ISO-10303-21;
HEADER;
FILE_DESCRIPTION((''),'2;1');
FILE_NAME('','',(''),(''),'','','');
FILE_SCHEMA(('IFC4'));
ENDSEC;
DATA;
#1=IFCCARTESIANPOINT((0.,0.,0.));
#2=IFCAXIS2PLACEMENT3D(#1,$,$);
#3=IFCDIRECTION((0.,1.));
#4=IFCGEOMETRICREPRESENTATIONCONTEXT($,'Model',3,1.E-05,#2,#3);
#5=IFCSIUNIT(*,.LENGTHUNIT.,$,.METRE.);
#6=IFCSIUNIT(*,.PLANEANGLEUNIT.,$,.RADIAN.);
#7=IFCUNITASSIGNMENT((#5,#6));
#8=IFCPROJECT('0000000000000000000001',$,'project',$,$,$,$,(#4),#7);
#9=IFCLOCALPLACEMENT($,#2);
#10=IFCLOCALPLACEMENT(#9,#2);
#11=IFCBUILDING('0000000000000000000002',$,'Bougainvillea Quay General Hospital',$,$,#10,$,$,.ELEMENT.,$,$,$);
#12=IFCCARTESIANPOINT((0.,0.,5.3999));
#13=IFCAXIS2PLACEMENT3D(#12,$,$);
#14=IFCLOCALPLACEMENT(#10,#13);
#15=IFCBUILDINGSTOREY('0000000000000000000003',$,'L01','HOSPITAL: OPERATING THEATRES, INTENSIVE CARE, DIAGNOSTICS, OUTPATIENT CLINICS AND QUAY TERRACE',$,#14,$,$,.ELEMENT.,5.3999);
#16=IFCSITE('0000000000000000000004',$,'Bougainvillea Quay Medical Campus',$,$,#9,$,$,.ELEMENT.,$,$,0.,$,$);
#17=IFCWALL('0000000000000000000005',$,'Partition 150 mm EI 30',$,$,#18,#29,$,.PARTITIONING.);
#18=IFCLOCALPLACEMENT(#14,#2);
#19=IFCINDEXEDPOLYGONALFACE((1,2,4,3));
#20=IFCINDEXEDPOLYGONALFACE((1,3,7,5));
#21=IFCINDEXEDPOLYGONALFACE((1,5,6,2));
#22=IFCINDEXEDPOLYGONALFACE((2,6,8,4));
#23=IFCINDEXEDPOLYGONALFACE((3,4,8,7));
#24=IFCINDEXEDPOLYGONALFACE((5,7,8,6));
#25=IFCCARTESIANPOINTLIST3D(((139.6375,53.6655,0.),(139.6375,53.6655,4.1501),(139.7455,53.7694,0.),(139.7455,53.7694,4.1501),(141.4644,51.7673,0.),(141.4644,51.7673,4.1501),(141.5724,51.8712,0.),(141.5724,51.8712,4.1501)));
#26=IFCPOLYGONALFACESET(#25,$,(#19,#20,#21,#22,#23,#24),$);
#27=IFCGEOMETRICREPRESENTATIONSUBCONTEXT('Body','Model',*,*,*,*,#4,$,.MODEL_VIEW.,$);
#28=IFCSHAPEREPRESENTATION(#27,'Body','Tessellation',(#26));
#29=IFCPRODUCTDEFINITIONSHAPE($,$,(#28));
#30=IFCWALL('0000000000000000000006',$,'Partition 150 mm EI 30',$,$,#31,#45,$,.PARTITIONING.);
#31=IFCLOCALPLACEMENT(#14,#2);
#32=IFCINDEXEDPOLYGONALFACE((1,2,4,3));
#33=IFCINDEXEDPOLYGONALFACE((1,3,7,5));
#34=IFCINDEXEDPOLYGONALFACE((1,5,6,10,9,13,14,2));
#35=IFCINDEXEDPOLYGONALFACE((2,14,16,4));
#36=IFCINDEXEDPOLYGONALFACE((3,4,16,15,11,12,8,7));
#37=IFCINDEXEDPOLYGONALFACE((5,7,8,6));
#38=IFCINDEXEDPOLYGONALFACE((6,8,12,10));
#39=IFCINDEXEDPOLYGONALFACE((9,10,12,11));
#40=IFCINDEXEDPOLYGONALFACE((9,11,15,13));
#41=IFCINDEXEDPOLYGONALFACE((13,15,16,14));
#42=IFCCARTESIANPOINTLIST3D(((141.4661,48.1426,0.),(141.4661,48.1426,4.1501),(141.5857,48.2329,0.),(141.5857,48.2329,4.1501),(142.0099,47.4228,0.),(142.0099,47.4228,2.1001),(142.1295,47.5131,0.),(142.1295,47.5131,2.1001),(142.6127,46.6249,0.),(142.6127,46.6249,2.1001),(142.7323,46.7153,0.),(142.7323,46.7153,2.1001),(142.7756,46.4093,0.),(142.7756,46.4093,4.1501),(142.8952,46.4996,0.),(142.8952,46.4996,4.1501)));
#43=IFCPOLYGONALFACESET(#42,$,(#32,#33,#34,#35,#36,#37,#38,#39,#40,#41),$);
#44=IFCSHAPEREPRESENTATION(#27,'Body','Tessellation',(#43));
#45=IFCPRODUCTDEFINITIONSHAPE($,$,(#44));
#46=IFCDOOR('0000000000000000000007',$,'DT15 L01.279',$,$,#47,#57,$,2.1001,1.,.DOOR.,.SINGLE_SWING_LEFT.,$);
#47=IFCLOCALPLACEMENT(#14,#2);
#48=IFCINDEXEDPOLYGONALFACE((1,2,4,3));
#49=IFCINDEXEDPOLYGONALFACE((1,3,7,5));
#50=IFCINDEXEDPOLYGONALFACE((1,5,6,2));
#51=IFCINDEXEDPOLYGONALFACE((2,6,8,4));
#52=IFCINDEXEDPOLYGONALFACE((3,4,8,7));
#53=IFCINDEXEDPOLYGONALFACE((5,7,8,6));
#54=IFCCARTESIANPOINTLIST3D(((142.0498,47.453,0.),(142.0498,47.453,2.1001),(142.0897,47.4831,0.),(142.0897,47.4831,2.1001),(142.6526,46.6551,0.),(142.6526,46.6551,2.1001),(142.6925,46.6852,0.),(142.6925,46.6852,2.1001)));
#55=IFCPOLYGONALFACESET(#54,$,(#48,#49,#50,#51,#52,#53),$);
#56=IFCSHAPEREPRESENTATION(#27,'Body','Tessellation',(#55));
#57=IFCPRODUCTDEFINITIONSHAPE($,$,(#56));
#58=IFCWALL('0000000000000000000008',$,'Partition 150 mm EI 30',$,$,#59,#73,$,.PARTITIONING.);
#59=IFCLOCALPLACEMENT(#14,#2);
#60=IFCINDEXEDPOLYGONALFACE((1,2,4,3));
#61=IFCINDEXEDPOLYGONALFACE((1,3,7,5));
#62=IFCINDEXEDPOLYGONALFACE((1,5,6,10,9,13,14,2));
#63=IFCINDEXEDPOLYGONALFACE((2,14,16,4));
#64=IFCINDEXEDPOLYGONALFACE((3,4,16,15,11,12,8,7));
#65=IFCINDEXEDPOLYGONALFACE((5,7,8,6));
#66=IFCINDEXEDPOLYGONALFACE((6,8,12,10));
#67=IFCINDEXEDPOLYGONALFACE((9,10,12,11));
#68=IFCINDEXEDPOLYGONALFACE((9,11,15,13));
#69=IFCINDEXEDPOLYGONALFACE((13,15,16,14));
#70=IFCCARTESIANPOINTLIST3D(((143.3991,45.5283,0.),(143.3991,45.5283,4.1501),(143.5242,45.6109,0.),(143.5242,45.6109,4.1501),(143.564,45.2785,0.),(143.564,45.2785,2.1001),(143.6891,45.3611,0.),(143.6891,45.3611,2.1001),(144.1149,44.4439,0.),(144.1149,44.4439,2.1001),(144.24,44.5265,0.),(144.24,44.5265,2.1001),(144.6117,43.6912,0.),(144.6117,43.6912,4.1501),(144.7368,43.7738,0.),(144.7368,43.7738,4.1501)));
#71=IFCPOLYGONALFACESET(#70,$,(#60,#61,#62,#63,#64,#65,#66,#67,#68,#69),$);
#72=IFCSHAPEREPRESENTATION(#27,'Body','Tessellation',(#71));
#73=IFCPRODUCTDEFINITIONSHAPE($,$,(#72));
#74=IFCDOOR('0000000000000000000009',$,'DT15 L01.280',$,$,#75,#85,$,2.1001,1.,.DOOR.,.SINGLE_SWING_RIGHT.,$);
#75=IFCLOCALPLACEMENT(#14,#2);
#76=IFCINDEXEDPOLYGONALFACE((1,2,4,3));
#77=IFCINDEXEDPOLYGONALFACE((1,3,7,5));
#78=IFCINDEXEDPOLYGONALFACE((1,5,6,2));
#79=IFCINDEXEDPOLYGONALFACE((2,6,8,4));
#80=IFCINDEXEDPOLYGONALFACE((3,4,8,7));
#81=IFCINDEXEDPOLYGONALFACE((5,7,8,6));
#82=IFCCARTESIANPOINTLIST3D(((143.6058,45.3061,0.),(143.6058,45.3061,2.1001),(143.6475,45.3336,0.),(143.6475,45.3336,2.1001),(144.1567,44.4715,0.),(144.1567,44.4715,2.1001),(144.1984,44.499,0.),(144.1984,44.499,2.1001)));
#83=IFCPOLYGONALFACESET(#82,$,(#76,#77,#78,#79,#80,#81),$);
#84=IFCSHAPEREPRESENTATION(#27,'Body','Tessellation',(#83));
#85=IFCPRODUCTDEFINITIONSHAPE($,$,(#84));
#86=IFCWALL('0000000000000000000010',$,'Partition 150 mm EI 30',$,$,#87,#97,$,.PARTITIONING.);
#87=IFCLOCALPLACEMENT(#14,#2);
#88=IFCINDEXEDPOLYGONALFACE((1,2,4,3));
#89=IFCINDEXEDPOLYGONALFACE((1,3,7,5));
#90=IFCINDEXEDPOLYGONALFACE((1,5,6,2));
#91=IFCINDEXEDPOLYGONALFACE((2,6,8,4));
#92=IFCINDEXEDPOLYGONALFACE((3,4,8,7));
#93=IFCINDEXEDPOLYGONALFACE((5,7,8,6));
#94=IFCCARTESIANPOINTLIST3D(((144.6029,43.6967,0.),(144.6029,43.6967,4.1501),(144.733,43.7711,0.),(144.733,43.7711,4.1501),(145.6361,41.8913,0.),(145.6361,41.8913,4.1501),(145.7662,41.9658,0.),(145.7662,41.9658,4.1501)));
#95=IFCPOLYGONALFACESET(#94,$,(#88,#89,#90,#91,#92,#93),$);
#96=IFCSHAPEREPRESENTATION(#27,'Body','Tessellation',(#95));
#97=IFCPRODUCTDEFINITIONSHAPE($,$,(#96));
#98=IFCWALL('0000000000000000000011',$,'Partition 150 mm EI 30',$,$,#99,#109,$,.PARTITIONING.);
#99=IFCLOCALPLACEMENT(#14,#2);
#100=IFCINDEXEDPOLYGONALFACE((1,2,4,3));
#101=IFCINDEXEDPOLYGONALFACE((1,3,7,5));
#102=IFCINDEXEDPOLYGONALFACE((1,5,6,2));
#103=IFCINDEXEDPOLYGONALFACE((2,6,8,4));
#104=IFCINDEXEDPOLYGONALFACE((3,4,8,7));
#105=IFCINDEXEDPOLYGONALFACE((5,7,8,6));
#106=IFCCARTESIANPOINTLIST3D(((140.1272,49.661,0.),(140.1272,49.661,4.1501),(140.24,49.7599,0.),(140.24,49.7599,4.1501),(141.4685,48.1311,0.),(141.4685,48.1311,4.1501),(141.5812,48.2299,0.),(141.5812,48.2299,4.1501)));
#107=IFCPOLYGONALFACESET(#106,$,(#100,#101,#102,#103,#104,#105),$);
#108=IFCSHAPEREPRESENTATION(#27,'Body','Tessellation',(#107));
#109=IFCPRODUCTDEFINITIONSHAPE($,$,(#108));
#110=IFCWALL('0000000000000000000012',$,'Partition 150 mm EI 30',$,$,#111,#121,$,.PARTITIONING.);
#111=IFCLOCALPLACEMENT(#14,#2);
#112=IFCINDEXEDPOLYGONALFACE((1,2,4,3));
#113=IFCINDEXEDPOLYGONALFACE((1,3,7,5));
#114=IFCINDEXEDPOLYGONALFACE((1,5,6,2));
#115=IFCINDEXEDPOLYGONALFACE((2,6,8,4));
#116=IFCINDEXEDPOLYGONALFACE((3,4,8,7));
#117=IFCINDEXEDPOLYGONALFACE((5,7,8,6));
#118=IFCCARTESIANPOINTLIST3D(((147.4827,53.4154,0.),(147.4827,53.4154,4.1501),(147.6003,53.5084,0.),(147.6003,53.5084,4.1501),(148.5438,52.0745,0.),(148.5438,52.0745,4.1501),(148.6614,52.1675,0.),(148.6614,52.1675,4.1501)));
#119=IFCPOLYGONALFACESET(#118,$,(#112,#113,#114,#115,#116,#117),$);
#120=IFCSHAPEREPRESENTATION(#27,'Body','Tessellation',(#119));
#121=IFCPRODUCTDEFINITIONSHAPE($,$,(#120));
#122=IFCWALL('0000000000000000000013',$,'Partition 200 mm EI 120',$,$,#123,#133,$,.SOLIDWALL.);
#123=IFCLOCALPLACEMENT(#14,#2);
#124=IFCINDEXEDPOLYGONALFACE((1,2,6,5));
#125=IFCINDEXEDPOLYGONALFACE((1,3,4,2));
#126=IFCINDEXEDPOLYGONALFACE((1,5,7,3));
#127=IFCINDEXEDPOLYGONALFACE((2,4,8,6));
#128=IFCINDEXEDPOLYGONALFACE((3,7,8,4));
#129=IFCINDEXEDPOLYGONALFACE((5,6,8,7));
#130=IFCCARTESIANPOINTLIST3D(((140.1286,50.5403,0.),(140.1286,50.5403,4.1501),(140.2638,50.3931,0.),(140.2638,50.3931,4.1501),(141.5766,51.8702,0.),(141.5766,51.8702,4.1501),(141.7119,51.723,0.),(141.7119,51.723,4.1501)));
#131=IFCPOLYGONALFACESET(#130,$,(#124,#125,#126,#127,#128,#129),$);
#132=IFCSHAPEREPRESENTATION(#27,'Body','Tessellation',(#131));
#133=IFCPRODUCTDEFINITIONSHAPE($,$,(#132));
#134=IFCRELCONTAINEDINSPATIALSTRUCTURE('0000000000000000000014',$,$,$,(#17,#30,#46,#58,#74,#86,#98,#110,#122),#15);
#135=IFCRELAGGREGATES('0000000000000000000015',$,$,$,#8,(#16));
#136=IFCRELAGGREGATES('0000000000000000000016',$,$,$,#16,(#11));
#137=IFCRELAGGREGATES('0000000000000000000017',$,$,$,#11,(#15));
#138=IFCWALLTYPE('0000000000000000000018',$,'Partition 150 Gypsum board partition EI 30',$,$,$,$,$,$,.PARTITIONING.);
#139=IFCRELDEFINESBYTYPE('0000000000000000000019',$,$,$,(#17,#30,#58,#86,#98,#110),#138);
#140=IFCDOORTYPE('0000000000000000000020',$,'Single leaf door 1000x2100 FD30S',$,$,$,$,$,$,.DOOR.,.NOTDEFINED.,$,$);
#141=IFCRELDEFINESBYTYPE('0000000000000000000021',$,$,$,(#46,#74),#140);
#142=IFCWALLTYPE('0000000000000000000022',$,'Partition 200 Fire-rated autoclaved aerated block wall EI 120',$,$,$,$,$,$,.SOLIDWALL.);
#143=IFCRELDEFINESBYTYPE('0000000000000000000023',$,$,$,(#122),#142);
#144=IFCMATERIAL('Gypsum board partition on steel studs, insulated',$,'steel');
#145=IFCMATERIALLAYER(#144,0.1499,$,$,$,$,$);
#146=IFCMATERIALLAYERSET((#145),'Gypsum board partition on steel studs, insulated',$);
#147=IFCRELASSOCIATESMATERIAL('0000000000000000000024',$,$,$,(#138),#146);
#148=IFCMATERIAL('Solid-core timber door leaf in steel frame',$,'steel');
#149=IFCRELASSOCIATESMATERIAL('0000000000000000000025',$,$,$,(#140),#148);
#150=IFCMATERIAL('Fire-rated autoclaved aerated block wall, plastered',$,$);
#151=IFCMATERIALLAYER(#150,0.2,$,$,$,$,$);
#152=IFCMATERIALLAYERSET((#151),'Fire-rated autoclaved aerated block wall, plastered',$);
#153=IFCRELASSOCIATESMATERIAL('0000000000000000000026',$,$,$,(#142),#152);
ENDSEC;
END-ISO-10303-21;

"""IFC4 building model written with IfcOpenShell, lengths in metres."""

from ifc_helpers import new_model, si_unit, direction, frame, frame_2d, origin, place, context, subcontext, project, spatial, rectangle, extrude, material, layer, layer_set, type_object, element, fill, save


model = new_model("IFC4")

# Units and contexts
model_context = context("Model", 3, precision=1e-05, world=origin(), true_north=direction((0.0, 1.0)))
body_context = subcontext(model_context, "Body", "Model", "MODEL_VIEW")
ifc_project = project(units=[si_unit("LENGTHUNIT", "METRE"), si_unit("PLANEANGLEUNIT", "RADIAN")], contexts=[model_context])

# Site, building, storey
site_placement = place(None, origin())
site = spatial("IfcSite", under=ifc_project, at=site_placement, Name="Bougainvillea Quay Medical Campus", CompositionType="ELEMENT", RefElevation=0.0)
building_placement = place(site_placement, origin())
building = spatial("IfcBuilding", under=site, at=building_placement, Name="Bougainvillea Quay General Hospital", CompositionType="ELEMENT")
storey_placement = place(building_placement, frame((0.0, 0.0, 5.3999)))
storey = spatial("IfcBuildingStorey", under=building, at=storey_placement, Name="L01", Description="HOSPITAL: OPERATING THEATRES, INTENSIVE CARE, DIAGNOSTICS, OUTPATIENT CLINICS AND QUAY TERRACE", CompositionType="ELEMENT", Elevation=5.3999)

# Shared definitions
ifc_material_1 = material(Name="Gypsum board partition on steel studs, insulated", Category="steel")
ifc_layer_1 = layer(ifc_material_1, 0.1499)
ifc_layer_set_1 = layer_set([ifc_layer_1], Name="Gypsum board partition on steel studs, insulated")
wall_type_1 = type_object("IfcWallType", Name="Partition 150 Gypsum board partition EI 30", PredefinedType="PARTITIONING", material=ifc_layer_set_1)

# Wall
wall_1_placement = place(storey_placement, frame((139.6914, 53.7175, 0.0), z_axis=(0.0, 0.0, 1.0), x_axis=(0.693448, -0.720507, 0.0)))
element("IfcWall", 1, at=wall_1_placement, inside=storey, type_object=wall_type_1, Name="Partition 150 mm EI 30", PredefinedType="PARTITIONING", context=body_context, shape_type="SweptSolid", body=[
    extrude(rectangle(XDim=2.6345, YDim=0.1499, at=frame_2d((1.3174, 0.0))), origin(), (0.0, 0.0, 1.0), 4.1501),
])

# Walls, openings, doors
wall_2_placement = place(storey_placement, frame((141.5259, 48.1877, 0.0), z_axis=(0.0, 0.0, 1.0), x_axis=(0.602801, -0.797891, 0.0)))
wall_2 = element("IfcWall", 2, at=wall_2_placement, inside=storey, type_object=wall_type_1, Name="Partition 150 mm EI 30", PredefinedType="PARTITIONING", context=body_context, shape_type="SweptSolid", body=[
    extrude(rectangle(XDim=2.1724, YDim=0.1499, at=frame_2d((1.0862, 0.0))), origin(), (0.0, 0.0, 1.0), 4.1501),
])
opening_1_placement = place(wall_2_placement, frame((0.9021, 0.0, 0.0)))
opening_1 = element("IfcOpeningElement", 3, at=opening_1_placement, cuts=wall_2, PredefinedType="OPENING", context=body_context, shape_type="SweptSolid", body=[
    extrude(rectangle(XDim=1.0, YDim=2.1001, at=frame_2d((0.5, 1.05))), frame((0.0, 0.085, 0.0), z_axis=(0.0, -1.0, 0.0), x_axis=(1.0, 0.0, 0.0)), (0.0, 0.0, 1.0), 0.1699),
])
ifc_material_2 = material(Name="Solid-core timber door leaf in steel frame", Category="steel")
door_type_1 = type_object("IfcDoorType", Name="Single leaf door 1000x2100 FD30S", OperationType="NOTDEFINED", PredefinedType="DOOR", material=ifc_material_2)
door_1_placement = place(opening_1_placement, frame((1.0, 0.0, 0.0), z_axis=(0.0, 0.0, 1.0), x_axis=(-1.0, 0.0, 0.0)))
door_1 = element("IfcDoor", 4, at=door_1_placement, inside=storey, type_object=door_type_1, Name="DT15 L01.279", OperationType="SINGLE_SWING_LEFT", OverallHeight=2.1001, OverallWidth=1.0, PredefinedType="DOOR", context=body_context, shape_type="SweptSolid", body=[
    extrude(rectangle(XDim=1.0, YDim=2.1001, at=frame_2d((0.5, 1.05))), frame((0.0, 0.0249, 0.0), z_axis=(0.0, -1.0, 0.0), x_axis=(1.0, 0.0, 0.0)), (0.0, 0.0, 1.0), 0.05),
])
fill(opening_1, door_1)
wall_3_placement = place(storey_placement, frame((143.4617, 45.5696, 0.0), z_axis=(0.0, 0.0, 1.0), x_axis=(0.550881, -0.834584, 0.0)))
wall_3 = element("IfcWall", 5, at=wall_3_placement, inside=storey, type_object=wall_type_1, Name="Partition 150 mm EI 30", PredefinedType="PARTITIONING", context=body_context, shape_type="SweptSolid", body=[
    extrude(rectangle(XDim=2.2012, YDim=0.1499, at=frame_2d((1.1006, 0.0))), origin(), (0.0, 0.0, 1.0), 4.1501),
])
opening_2_placement = place(wall_3_placement, frame((0.2993, 0.0, 0.0)))
opening_2 = element("IfcOpeningElement", 6, at=opening_2_placement, cuts=wall_3, PredefinedType="OPENING", context=body_context, shape_type="SweptSolid", body=[
    extrude(rectangle(XDim=1.0, YDim=2.1001, at=frame_2d((0.5, 1.05))), frame((0.0, 0.085, 0.0), z_axis=(0.0, -1.0, 0.0), x_axis=(1.0, 0.0, 0.0)), (0.0, 0.0, 1.0), 0.1699),
])
door_2_placement = place(opening_2_placement, frame((1.0, 0.0, 0.0), z_axis=(0.0, 0.0, 1.0), x_axis=(-1.0, 0.0, 0.0)))
door_2 = element("IfcDoor", 7, at=door_2_placement, inside=storey, type_object=door_type_1, Name="DT15 L01.280", OperationType="SINGLE_SWING_RIGHT", OverallHeight=2.1001, OverallWidth=1.0, PredefinedType="DOOR", context=body_context, shape_type="SweptSolid", body=[
    extrude(rectangle(XDim=1.0, YDim=2.1001, at=frame_2d((0.5, 1.05))), frame((0.0, 0.0249, 0.0), z_axis=(0.0, -1.0, 0.0), x_axis=(1.0, 0.0, 0.0)), (0.0, 0.0, 1.0), 0.05),
])
fill(opening_2, door_2)

# Walls
wall_4_placement = place(storey_placement, frame((144.668, 43.7339, 0.0), z_axis=(0.0, 0.0, 1.0), x_axis=(0.496695, -0.867925, 0.0)))
element("IfcWall", 8, at=wall_4_placement, inside=storey, type_object=wall_type_1, Name="Partition 150 mm EI 30", PredefinedType="PARTITIONING", context=body_context, shape_type="SweptSolid", body=[
    extrude(rectangle(XDim=2.0801, YDim=0.1499, at=frame_2d((1.04, 0.0))), origin(), (0.0, 0.0, 1.0), 4.1501),
])
wall_5_placement = place(storey_placement, frame((140.1836, 49.7104, 0.0), z_axis=(0.0, 0.0, 1.0), x_axis=(0.659209, -0.751959, 0.0)))
element("IfcWall", 9, at=wall_5_placement, inside=storey, type_object=wall_type_1, Name="Partition 150 mm EI 30", PredefinedType="PARTITIONING", context=body_context, shape_type="SweptSolid", body=[
    extrude(rectangle(XDim=2.0347, YDim=0.1499, at=frame_2d((1.0173, 0.0))), origin(), (0.0, 0.0, 1.0), 4.1501),
])
wall_6_placement = place(storey_placement, frame((147.5415, 53.4619, 0.0), z_axis=(0.0, 0.0, 1.0), x_axis=(0.620542, -0.784173, 0.0)))
element("IfcWall", 10, at=wall_6_placement, inside=storey, type_object=wall_type_1, Name="Partition 150 mm EI 30", PredefinedType="PARTITIONING", context=body_context, shape_type="SweptSolid", body=[
    extrude(rectangle(XDim=1.71, YDim=0.1499, at=frame_2d((0.855, 0.0))), origin(), (0.0, 0.0, 1.0), 4.1501),
])
ifc_material_3 = material(Name="Fire-rated autoclaved aerated block wall, plastered")
ifc_layer_2 = layer(ifc_material_3, 0.2)
ifc_layer_set_2 = layer_set([ifc_layer_2], Name="Fire-rated autoclaved aerated block wall, plastered")
wall_type_2 = type_object("IfcWallType", Name="Partition 200 Fire-rated autoclaved aerated block wall EI 120", PredefinedType="SOLIDWALL", material=ifc_layer_set_2)
wall_7_placement = place(storey_placement, frame((140.1963, 50.4668, 0.0), z_axis=(0.0, 0.0, 1.0), x_axis=(0.73652, 0.676416, 0.0)))
element("IfcWall", 11, at=wall_7_placement, inside=storey, type_object=wall_type_2, Name="Partition 200 mm EI 120", PredefinedType="SOLIDWALL", context=body_context, shape_type="SweptSolid", body=[
    extrude(rectangle(XDim=1.9661, YDim=0.2, at=frame_2d((0.9829, 0.0))), origin(), (0.0, 0.0, 1.0), 4.1501),
])

save(model, "model.ifc")
